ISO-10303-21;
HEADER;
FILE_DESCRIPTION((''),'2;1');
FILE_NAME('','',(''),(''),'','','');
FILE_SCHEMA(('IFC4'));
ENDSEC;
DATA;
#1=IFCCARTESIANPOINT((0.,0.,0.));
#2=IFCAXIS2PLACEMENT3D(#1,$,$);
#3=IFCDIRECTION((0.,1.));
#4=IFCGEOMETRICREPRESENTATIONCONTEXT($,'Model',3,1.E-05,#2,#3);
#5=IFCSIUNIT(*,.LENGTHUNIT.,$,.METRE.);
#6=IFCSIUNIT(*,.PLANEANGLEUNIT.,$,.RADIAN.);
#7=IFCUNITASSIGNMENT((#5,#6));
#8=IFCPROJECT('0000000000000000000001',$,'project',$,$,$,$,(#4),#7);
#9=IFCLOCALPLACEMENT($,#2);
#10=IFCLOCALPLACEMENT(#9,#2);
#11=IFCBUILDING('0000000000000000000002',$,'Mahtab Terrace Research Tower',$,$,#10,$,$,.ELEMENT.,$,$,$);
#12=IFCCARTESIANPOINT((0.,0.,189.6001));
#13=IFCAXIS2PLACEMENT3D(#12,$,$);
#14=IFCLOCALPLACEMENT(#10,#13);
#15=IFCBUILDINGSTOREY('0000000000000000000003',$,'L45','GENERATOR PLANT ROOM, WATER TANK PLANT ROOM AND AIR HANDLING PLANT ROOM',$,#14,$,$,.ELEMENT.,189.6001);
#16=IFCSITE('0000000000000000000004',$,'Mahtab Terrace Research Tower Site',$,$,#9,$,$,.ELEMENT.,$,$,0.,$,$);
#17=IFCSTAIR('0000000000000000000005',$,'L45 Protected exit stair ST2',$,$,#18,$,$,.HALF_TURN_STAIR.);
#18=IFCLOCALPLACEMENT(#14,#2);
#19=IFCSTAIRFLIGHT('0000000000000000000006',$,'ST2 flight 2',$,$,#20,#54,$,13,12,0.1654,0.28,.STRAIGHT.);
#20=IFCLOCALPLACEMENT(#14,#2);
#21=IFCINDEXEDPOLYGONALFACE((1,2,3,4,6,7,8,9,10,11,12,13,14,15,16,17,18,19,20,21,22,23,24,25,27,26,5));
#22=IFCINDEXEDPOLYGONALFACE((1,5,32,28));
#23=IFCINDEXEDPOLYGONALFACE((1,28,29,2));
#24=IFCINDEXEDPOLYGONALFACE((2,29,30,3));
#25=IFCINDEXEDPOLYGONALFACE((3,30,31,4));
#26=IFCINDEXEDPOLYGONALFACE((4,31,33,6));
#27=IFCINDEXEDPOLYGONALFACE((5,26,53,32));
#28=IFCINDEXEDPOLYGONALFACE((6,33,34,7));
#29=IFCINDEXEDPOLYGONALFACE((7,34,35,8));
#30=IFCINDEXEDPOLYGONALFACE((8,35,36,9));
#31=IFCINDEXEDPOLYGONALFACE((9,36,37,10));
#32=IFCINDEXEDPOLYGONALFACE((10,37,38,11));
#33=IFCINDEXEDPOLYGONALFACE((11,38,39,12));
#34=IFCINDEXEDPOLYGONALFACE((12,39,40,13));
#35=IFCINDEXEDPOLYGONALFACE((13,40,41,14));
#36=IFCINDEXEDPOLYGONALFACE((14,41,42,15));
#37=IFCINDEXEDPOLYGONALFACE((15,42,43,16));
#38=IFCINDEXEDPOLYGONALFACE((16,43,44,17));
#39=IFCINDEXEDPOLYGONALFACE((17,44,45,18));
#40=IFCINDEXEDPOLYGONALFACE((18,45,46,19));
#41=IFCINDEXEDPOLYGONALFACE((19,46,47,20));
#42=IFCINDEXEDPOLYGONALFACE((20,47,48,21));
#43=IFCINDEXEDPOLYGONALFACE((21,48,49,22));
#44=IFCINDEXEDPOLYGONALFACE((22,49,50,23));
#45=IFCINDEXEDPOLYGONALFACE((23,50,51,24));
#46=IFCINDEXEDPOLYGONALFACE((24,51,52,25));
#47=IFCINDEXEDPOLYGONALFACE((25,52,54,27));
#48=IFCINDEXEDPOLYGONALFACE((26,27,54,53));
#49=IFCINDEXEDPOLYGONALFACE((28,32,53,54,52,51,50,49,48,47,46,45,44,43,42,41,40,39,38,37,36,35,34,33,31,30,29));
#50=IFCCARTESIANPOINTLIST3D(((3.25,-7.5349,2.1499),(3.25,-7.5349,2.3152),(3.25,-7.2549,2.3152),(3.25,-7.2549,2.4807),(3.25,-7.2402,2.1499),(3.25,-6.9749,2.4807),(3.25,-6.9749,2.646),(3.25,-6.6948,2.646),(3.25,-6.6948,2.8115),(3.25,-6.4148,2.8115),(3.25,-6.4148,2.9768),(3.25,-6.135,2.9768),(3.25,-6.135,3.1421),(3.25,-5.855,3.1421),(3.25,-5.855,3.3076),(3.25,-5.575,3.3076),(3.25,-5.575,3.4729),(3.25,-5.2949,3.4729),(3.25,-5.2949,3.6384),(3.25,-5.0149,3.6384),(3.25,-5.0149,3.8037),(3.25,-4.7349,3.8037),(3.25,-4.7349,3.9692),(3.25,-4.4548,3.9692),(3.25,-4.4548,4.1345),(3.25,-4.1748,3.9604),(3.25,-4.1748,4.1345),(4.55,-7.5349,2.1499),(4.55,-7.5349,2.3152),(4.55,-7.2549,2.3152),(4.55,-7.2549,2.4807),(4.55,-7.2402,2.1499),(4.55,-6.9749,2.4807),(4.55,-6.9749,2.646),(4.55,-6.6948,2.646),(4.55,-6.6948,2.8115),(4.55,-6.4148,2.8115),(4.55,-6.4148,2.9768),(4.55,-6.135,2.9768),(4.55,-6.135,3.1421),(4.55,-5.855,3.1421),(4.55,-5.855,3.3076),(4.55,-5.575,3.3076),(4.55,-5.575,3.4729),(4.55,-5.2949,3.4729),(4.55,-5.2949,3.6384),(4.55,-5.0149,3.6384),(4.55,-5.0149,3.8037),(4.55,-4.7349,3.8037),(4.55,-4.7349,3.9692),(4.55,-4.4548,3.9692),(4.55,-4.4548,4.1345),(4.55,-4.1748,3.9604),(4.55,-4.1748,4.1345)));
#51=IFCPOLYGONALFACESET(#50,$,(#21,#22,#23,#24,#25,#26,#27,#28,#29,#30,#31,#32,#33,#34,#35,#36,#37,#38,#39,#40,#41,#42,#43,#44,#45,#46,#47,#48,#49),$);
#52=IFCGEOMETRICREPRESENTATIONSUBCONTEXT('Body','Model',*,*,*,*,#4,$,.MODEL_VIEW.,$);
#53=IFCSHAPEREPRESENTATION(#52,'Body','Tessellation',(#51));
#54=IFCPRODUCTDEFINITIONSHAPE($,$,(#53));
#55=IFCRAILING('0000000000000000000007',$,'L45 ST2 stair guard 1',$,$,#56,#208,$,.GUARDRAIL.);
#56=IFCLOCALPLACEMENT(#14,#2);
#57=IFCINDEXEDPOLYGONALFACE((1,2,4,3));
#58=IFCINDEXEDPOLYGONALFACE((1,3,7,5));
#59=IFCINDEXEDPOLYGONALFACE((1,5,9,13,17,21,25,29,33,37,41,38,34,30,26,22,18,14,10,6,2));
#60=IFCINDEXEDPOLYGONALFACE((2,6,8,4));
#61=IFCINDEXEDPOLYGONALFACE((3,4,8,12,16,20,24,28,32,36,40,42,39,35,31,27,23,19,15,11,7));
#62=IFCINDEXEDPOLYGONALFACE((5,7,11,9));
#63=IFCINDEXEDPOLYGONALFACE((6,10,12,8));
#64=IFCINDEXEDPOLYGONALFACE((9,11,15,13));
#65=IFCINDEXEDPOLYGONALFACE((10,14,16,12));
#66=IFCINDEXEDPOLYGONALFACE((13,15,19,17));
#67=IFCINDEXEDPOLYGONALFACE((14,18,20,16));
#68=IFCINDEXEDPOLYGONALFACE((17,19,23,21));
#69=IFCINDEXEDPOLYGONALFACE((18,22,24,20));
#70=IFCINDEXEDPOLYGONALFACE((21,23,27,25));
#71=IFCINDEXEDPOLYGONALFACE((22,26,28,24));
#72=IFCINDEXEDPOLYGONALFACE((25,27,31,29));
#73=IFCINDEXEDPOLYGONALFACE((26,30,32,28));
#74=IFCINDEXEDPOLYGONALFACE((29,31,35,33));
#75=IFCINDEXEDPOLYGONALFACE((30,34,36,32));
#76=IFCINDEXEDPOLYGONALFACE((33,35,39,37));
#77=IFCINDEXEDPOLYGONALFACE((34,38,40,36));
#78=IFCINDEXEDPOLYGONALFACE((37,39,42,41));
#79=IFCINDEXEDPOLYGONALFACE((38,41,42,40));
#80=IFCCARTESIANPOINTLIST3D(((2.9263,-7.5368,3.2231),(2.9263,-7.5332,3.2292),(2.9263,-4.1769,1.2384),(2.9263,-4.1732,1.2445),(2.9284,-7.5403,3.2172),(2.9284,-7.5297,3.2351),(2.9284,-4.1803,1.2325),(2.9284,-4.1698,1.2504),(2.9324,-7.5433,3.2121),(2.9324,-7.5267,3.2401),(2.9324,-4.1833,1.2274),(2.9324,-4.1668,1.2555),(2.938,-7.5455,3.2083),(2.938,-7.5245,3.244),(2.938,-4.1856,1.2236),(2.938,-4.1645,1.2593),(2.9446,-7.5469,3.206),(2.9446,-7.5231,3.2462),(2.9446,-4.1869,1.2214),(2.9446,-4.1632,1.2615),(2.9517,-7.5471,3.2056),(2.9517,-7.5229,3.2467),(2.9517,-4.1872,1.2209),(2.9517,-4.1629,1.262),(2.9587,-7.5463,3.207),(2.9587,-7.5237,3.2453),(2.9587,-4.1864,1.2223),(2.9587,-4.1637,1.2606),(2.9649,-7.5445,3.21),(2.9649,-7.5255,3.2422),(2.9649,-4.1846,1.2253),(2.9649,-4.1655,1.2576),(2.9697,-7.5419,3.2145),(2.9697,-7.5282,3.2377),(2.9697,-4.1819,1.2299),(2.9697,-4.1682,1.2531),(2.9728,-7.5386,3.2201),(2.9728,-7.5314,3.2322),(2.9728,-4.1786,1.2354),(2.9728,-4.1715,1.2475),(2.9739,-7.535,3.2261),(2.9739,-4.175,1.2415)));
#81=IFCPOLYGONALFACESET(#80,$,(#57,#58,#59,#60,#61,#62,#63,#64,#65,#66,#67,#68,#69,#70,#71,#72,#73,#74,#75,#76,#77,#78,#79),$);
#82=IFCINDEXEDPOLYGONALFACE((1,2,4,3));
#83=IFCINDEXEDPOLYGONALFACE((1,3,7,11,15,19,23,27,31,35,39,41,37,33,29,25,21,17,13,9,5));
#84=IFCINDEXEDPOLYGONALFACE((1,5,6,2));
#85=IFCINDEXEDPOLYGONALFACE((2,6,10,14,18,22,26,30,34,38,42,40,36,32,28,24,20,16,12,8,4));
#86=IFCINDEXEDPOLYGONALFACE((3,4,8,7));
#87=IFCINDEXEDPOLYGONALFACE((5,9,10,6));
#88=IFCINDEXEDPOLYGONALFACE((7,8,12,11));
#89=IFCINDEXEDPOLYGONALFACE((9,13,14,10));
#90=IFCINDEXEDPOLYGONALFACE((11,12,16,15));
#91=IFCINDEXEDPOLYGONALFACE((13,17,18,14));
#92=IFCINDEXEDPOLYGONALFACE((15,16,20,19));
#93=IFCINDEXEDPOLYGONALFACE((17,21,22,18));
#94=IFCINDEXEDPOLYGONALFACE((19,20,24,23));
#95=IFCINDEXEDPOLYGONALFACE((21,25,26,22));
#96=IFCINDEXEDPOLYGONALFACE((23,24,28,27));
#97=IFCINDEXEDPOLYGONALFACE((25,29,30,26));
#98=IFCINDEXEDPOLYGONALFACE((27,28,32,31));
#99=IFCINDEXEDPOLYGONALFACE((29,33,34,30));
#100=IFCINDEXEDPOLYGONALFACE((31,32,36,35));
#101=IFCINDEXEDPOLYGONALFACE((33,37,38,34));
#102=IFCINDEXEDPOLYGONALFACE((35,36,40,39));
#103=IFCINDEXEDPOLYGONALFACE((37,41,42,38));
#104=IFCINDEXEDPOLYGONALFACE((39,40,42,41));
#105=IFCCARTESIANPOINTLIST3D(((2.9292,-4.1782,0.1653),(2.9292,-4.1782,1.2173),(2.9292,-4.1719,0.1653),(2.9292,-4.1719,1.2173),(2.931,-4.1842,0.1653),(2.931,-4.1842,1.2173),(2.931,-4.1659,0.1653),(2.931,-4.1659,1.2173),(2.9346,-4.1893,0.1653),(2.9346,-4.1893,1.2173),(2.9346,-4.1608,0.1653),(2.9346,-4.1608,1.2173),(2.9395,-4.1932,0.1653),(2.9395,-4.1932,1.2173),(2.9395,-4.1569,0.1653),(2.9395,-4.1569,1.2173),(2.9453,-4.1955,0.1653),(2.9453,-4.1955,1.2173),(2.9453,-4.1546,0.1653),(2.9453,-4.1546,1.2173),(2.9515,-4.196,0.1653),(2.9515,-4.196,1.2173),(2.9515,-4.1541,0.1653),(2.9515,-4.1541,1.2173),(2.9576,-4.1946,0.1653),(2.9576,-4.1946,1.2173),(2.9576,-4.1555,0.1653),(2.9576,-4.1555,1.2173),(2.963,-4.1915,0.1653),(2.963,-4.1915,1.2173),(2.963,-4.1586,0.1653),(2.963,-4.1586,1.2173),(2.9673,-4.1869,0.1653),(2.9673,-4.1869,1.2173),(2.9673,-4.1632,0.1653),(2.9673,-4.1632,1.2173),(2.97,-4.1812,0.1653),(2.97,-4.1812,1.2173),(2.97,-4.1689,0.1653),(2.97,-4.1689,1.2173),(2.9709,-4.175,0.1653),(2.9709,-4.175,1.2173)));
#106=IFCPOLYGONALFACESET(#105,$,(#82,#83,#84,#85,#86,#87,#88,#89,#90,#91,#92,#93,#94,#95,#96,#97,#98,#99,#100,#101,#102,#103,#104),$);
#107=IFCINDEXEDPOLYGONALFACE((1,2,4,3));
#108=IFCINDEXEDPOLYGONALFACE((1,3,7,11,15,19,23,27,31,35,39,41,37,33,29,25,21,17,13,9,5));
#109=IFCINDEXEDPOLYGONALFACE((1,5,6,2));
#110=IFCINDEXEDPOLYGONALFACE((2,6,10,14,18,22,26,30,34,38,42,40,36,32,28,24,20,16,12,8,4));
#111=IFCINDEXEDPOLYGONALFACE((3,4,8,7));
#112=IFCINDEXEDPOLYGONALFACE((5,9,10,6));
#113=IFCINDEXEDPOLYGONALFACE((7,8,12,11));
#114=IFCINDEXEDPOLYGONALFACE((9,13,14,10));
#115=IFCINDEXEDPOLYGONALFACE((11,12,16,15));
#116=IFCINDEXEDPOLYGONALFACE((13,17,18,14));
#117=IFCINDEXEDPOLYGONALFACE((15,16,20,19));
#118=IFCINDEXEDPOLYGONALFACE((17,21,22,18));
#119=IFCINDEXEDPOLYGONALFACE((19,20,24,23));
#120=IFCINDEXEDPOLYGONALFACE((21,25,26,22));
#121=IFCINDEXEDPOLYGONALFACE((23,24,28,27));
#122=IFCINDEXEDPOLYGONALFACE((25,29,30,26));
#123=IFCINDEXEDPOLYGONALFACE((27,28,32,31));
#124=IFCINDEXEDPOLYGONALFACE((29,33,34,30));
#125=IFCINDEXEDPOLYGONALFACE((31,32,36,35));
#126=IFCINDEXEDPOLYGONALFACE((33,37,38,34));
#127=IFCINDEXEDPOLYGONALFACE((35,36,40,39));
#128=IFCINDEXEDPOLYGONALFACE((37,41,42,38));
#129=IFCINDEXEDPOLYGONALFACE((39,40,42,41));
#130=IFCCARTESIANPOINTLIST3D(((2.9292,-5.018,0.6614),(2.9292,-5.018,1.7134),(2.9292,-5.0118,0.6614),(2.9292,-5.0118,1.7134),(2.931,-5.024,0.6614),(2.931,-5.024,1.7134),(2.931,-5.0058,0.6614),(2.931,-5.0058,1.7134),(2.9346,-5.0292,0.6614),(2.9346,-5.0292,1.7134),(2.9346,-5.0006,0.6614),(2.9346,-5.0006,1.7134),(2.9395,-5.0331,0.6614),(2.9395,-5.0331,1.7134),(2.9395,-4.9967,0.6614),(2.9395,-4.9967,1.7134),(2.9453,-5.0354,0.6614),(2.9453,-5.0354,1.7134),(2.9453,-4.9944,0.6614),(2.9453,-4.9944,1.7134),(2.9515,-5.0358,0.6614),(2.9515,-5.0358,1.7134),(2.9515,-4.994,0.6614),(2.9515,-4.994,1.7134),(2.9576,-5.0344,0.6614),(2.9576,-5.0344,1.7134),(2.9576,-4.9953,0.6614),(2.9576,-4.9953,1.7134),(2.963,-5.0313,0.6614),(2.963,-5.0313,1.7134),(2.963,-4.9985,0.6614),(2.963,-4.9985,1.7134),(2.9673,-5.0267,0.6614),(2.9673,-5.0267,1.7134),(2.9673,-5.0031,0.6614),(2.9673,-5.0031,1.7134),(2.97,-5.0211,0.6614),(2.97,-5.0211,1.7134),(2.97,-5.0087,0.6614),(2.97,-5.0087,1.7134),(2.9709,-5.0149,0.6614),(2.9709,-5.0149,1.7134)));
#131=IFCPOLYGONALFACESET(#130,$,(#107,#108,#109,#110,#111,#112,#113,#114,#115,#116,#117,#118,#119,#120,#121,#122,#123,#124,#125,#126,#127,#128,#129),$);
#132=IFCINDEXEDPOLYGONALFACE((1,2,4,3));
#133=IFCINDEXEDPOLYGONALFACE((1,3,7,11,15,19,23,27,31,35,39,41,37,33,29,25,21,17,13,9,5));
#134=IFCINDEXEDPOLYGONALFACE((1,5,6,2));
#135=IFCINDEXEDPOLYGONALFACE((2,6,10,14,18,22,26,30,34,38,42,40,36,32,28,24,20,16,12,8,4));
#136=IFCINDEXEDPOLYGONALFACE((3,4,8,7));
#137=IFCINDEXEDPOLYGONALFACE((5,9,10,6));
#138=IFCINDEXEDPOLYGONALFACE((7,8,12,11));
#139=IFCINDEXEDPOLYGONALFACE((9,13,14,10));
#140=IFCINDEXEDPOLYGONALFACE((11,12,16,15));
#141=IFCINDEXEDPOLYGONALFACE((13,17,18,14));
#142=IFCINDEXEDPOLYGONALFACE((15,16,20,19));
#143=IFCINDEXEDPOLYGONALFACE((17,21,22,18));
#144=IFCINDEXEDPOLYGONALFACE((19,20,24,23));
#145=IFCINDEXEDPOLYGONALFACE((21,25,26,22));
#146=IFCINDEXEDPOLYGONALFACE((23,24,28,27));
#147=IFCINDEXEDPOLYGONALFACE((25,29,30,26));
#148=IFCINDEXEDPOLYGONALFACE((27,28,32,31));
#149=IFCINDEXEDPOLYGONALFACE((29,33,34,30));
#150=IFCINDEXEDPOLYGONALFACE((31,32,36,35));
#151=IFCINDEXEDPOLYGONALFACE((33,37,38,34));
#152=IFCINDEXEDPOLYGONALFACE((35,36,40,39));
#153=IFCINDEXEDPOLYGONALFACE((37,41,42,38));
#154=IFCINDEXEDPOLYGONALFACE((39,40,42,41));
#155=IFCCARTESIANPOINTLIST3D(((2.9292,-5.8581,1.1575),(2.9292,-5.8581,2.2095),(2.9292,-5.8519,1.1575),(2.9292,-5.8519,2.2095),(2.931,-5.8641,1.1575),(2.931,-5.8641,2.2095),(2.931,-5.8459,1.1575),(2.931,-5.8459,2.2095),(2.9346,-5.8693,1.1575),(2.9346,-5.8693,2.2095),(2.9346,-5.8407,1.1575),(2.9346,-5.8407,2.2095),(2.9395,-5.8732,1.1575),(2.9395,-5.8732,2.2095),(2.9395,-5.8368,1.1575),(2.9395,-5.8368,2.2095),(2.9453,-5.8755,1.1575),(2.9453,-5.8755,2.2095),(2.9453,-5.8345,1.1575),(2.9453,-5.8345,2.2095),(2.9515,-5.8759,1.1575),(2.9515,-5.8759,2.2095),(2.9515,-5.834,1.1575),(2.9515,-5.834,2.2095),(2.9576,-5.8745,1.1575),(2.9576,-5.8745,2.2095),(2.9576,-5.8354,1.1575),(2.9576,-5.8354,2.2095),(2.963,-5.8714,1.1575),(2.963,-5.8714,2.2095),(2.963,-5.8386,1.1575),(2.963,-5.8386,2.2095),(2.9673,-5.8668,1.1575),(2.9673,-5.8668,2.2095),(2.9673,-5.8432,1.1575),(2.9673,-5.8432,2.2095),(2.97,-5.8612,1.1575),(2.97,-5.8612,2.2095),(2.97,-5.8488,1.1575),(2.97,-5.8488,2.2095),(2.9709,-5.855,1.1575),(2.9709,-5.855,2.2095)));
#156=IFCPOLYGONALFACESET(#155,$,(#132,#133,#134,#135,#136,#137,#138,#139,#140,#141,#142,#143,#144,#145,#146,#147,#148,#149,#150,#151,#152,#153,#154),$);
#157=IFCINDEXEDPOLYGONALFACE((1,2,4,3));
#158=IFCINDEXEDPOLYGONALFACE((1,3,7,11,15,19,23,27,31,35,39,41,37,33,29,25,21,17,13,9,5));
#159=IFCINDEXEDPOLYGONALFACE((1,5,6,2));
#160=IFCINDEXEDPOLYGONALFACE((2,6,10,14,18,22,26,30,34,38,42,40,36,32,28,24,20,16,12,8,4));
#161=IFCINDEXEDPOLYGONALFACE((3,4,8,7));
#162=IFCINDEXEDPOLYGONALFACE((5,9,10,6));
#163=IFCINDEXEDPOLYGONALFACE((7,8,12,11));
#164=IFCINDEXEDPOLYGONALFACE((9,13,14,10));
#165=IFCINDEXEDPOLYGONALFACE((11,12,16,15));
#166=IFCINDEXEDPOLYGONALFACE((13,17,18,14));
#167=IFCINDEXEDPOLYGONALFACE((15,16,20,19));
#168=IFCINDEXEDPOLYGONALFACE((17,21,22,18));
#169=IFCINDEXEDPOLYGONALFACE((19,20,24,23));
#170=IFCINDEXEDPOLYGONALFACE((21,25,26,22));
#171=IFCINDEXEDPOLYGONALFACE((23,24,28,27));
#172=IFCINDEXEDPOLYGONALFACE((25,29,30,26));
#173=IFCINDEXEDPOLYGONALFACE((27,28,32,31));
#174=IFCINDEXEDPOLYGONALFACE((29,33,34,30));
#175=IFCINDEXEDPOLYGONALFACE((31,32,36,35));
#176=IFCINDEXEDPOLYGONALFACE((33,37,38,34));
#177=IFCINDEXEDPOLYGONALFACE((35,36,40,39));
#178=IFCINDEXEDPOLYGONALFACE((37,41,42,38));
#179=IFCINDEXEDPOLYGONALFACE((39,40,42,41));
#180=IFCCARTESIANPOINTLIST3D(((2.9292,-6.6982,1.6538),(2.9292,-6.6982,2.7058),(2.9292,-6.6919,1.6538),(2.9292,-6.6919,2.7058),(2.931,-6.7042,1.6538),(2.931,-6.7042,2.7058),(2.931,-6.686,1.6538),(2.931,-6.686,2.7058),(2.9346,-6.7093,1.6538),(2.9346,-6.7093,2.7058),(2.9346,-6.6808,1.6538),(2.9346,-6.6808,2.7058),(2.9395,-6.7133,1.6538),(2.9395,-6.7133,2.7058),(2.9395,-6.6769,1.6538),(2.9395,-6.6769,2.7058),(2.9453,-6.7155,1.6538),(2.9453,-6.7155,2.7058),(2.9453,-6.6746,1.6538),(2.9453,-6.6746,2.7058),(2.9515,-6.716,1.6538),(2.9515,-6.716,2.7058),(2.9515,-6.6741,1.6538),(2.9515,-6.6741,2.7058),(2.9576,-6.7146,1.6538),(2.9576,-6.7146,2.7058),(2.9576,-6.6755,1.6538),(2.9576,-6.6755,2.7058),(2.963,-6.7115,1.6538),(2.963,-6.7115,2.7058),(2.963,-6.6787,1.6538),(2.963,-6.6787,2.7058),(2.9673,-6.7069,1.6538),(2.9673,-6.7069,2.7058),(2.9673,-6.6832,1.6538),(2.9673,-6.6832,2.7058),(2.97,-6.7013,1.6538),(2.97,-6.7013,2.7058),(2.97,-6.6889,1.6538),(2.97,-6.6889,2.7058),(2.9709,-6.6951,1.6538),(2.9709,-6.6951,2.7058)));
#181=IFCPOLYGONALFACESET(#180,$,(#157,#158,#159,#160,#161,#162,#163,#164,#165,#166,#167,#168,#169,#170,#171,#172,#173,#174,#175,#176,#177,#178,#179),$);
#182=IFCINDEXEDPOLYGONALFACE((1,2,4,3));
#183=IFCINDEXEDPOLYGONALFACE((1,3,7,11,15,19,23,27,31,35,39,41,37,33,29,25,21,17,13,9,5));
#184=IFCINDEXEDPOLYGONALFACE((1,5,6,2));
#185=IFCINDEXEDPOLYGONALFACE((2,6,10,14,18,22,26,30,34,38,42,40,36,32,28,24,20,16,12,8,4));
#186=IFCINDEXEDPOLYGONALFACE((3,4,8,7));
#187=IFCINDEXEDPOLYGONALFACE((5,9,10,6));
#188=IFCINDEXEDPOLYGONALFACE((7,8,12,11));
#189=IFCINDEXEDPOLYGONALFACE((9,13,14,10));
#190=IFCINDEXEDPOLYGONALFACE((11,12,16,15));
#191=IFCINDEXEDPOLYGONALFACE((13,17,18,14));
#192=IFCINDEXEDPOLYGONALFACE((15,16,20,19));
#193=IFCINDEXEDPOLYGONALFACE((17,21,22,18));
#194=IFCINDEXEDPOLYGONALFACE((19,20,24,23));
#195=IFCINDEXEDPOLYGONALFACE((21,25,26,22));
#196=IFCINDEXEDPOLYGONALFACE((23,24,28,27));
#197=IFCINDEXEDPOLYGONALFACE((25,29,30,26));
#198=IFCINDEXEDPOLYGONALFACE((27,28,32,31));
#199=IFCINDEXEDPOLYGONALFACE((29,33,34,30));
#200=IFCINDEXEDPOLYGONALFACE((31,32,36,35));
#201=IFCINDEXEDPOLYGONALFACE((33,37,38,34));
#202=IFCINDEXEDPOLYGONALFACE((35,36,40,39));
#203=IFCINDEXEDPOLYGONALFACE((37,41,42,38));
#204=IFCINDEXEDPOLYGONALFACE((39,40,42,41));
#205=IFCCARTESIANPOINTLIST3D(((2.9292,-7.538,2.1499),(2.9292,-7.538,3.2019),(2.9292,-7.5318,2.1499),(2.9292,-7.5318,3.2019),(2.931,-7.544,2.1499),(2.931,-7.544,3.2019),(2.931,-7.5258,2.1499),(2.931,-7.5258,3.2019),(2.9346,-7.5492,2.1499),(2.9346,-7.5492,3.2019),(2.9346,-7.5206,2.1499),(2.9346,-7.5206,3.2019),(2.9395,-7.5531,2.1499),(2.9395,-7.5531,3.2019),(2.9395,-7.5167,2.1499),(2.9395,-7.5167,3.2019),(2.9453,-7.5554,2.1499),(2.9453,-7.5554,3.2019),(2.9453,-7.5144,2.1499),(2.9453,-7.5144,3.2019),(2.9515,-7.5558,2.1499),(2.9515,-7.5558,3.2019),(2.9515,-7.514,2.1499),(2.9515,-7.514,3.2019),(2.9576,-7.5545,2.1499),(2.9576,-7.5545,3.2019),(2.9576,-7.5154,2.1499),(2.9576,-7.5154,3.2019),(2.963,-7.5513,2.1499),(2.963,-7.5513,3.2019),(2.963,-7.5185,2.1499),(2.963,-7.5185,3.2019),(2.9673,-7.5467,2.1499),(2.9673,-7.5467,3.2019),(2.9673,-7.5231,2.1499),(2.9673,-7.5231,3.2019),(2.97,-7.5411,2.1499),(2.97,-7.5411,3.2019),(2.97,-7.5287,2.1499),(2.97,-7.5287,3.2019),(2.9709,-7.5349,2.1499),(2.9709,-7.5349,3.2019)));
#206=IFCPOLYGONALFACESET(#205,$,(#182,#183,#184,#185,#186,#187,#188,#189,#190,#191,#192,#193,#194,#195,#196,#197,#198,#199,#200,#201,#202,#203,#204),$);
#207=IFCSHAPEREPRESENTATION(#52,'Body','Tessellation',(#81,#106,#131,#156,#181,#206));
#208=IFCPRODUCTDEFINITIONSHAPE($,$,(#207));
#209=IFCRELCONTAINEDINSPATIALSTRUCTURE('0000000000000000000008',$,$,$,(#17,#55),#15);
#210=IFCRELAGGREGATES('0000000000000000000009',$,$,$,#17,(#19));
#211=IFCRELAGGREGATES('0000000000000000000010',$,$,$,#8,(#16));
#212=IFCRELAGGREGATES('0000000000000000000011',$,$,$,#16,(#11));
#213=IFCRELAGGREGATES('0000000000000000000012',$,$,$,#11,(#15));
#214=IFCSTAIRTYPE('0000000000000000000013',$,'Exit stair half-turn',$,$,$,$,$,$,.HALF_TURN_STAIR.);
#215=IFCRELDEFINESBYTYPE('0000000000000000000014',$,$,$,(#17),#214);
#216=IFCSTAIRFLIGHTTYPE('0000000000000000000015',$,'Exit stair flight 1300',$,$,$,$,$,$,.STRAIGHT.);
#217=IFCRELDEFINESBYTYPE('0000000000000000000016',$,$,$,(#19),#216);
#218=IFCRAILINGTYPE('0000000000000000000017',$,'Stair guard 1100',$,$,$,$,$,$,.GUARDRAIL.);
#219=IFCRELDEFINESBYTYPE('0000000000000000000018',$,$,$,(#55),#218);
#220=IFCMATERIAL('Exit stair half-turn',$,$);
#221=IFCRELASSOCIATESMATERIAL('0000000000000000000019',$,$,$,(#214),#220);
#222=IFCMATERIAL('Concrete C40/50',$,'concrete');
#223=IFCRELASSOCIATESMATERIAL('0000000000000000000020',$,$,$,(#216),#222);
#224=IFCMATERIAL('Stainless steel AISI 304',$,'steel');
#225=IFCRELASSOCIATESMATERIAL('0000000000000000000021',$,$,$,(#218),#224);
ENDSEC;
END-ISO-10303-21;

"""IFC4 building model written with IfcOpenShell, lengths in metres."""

from ifc_helpers import new_model, si_unit, direction, frame, origin, origin_2d, place, context, subcontext, project, spatial, polyline, circle, outline, extrude, material, type_object, element, aggregate, save


model = new_model("IFC4")

# Units and contexts
model_context = context("Model", 3, precision=1e-05, world=origin(), true_north=direction((0.0, 1.0)))
body_context = subcontext(model_context, "Body", "Model", "MODEL_VIEW")
ifc_project = project(units=[si_unit("LENGTHUNIT", "METRE"), si_unit("PLANEANGLEUNIT", "RADIAN")], contexts=[model_context])

# Site, building, storey
site_placement = place(None, origin())
site = spatial("IfcSite", under=ifc_project, at=site_placement, Name="Mahtab Terrace Research Tower Site", CompositionType="ELEMENT", RefElevation=0.0)
building_placement = place(site_placement, origin())
building = spatial("IfcBuilding", under=site, at=building_placement, Name="Mahtab Terrace Research Tower", CompositionType="ELEMENT")
storey_placement = place(building_placement, frame((0.0, 0.0, 189.6001)))
storey = spatial("IfcBuildingStorey", under=building, at=storey_placement, Name="L45", Description="GENERATOR PLANT ROOM, WATER TANK PLANT ROOM AND AIR HANDLING PLANT ROOM", CompositionType="ELEMENT", Elevation=189.6001)

# Stair, stair flight
ifc_material_1 = material(Name="Exit stair half-turn")
stair_type = type_object("IfcStairType", Name="Exit stair half-turn", PredefinedType="HALF_TURN_STAIR", material=ifc_material_1)
stair_placement = place(storey_placement, origin())
stair = element("IfcStair", 1, at=stair_placement, inside=storey, type_object=stair_type, Name="L45 Protected exit stair ST2", PredefinedType="HALF_TURN_STAIR")
ifc_material_2 = material(Name="Concrete C40/50", Category="concrete")
stair_flight_type = type_object("IfcStairFlightType", Name="Exit stair flight 1300", PredefinedType="STRAIGHT", material=ifc_material_2)
stair_flight_1_placement = place(storey_placement, frame((3.8999, -7.5349, 2.1499), z_axis=(0.0, 0.0, 1.0), x_axis=(0.0, 1.0, 0.0)))
stair_flight_1 = element("IfcStairFlight", 2, at=stair_flight_1_placement, type_object=stair_flight_type, Name="ST2 flight 2", NumberOfRisers=13, NumberOfTreads=12, PredefinedType="STRAIGHT", RiserHeight=0.1654, TreadLength=0.28, context=body_context, shape_type="SweptSolid", body=[
    extrude(outline(polyline([(0.0, 0.0), (0.0, 0.1653), (0.28, 0.1653), (0.28, 0.3308), (0.5601, 0.3308), (0.5601, 0.4961), (0.8401, 0.4961), (0.8401, 0.6616), (1.1201, 0.6616), (1.1201, 0.8269), (1.3999, 0.8269), (1.3999, 0.9922), (1.6799, 0.9922), (1.6799, 1.1577), (1.96, 1.1577), (1.96, 1.323), (2.24, 1.323), (2.24, 1.4885), (2.52, 1.4885), (2.52, 1.6538), (2.8, 1.6538), (2.8, 1.8193), (3.0801, 1.8193), (3.0801, 1.9846), (3.3601, 1.9846), (3.3601, 2.1499), (3.3601, 1.8105), (0.2947, 0.0), (0.0, 0.0)])), frame((0.0, 0.6499, 0.0), z_axis=(0.0, -1.0, 0.0), x_axis=(1.0, 0.0, 0.0)), (0.0, 0.0, 1.0), 1.3),
])
aggregate(stair, [stair_flight_1])

# Railing
ifc_material_3 = material(Name="Stainless steel AISI 304", Category="steel")
railing_type_1 = type_object("IfcRailingType", Name="Stair guard 1100", PredefinedType="GUARDRAIL", material=ifc_material_3)
railing_1_placement = place(storey_placement, frame((2.95, -4.175, 0.1653)))
element("IfcRailing", 3, at=railing_1_placement, inside=storey, type_object=railing_type_1, Name="L45 ST2 stair guard 1", PredefinedType="GUARDRAIL", context=body_context, shape_type="SweptSolid", body=[
    extrude(circle(Radius=0.0239, at=origin_2d()), frame((0.0, 0.0, 1.0762), z_axis=(0.0, -0.861011, 0.508586), x_axis=(1.0, 0.0, 0.0)), (0.0, 0.0, 1.0), 3.9023),
    extrude(circle(Radius=0.021, at=origin_2d()), origin(), (0.0, 0.0, 1.0), 1.052),
    extrude(circle(Radius=0.021, at=origin_2d()), frame((0.0, -0.8398, 0.4961)), (0.0, 0.0, 1.0), 1.052),
    extrude(circle(Radius=0.021, at=origin_2d()), frame((0.0, -1.6799, 0.9922)), (0.0, 0.0, 1.0), 1.052),
    extrude(circle(Radius=0.021, at=origin_2d()), frame((0.0, -2.52, 1.4885)), (0.0, 0.0, 1.0), 1.052),
    extrude(circle(Radius=0.021, at=origin_2d()), frame((0.0, -3.3599, 1.9846)), (0.0, 0.0, 1.0), 1.052),
])

save(model, "model.ifc")
